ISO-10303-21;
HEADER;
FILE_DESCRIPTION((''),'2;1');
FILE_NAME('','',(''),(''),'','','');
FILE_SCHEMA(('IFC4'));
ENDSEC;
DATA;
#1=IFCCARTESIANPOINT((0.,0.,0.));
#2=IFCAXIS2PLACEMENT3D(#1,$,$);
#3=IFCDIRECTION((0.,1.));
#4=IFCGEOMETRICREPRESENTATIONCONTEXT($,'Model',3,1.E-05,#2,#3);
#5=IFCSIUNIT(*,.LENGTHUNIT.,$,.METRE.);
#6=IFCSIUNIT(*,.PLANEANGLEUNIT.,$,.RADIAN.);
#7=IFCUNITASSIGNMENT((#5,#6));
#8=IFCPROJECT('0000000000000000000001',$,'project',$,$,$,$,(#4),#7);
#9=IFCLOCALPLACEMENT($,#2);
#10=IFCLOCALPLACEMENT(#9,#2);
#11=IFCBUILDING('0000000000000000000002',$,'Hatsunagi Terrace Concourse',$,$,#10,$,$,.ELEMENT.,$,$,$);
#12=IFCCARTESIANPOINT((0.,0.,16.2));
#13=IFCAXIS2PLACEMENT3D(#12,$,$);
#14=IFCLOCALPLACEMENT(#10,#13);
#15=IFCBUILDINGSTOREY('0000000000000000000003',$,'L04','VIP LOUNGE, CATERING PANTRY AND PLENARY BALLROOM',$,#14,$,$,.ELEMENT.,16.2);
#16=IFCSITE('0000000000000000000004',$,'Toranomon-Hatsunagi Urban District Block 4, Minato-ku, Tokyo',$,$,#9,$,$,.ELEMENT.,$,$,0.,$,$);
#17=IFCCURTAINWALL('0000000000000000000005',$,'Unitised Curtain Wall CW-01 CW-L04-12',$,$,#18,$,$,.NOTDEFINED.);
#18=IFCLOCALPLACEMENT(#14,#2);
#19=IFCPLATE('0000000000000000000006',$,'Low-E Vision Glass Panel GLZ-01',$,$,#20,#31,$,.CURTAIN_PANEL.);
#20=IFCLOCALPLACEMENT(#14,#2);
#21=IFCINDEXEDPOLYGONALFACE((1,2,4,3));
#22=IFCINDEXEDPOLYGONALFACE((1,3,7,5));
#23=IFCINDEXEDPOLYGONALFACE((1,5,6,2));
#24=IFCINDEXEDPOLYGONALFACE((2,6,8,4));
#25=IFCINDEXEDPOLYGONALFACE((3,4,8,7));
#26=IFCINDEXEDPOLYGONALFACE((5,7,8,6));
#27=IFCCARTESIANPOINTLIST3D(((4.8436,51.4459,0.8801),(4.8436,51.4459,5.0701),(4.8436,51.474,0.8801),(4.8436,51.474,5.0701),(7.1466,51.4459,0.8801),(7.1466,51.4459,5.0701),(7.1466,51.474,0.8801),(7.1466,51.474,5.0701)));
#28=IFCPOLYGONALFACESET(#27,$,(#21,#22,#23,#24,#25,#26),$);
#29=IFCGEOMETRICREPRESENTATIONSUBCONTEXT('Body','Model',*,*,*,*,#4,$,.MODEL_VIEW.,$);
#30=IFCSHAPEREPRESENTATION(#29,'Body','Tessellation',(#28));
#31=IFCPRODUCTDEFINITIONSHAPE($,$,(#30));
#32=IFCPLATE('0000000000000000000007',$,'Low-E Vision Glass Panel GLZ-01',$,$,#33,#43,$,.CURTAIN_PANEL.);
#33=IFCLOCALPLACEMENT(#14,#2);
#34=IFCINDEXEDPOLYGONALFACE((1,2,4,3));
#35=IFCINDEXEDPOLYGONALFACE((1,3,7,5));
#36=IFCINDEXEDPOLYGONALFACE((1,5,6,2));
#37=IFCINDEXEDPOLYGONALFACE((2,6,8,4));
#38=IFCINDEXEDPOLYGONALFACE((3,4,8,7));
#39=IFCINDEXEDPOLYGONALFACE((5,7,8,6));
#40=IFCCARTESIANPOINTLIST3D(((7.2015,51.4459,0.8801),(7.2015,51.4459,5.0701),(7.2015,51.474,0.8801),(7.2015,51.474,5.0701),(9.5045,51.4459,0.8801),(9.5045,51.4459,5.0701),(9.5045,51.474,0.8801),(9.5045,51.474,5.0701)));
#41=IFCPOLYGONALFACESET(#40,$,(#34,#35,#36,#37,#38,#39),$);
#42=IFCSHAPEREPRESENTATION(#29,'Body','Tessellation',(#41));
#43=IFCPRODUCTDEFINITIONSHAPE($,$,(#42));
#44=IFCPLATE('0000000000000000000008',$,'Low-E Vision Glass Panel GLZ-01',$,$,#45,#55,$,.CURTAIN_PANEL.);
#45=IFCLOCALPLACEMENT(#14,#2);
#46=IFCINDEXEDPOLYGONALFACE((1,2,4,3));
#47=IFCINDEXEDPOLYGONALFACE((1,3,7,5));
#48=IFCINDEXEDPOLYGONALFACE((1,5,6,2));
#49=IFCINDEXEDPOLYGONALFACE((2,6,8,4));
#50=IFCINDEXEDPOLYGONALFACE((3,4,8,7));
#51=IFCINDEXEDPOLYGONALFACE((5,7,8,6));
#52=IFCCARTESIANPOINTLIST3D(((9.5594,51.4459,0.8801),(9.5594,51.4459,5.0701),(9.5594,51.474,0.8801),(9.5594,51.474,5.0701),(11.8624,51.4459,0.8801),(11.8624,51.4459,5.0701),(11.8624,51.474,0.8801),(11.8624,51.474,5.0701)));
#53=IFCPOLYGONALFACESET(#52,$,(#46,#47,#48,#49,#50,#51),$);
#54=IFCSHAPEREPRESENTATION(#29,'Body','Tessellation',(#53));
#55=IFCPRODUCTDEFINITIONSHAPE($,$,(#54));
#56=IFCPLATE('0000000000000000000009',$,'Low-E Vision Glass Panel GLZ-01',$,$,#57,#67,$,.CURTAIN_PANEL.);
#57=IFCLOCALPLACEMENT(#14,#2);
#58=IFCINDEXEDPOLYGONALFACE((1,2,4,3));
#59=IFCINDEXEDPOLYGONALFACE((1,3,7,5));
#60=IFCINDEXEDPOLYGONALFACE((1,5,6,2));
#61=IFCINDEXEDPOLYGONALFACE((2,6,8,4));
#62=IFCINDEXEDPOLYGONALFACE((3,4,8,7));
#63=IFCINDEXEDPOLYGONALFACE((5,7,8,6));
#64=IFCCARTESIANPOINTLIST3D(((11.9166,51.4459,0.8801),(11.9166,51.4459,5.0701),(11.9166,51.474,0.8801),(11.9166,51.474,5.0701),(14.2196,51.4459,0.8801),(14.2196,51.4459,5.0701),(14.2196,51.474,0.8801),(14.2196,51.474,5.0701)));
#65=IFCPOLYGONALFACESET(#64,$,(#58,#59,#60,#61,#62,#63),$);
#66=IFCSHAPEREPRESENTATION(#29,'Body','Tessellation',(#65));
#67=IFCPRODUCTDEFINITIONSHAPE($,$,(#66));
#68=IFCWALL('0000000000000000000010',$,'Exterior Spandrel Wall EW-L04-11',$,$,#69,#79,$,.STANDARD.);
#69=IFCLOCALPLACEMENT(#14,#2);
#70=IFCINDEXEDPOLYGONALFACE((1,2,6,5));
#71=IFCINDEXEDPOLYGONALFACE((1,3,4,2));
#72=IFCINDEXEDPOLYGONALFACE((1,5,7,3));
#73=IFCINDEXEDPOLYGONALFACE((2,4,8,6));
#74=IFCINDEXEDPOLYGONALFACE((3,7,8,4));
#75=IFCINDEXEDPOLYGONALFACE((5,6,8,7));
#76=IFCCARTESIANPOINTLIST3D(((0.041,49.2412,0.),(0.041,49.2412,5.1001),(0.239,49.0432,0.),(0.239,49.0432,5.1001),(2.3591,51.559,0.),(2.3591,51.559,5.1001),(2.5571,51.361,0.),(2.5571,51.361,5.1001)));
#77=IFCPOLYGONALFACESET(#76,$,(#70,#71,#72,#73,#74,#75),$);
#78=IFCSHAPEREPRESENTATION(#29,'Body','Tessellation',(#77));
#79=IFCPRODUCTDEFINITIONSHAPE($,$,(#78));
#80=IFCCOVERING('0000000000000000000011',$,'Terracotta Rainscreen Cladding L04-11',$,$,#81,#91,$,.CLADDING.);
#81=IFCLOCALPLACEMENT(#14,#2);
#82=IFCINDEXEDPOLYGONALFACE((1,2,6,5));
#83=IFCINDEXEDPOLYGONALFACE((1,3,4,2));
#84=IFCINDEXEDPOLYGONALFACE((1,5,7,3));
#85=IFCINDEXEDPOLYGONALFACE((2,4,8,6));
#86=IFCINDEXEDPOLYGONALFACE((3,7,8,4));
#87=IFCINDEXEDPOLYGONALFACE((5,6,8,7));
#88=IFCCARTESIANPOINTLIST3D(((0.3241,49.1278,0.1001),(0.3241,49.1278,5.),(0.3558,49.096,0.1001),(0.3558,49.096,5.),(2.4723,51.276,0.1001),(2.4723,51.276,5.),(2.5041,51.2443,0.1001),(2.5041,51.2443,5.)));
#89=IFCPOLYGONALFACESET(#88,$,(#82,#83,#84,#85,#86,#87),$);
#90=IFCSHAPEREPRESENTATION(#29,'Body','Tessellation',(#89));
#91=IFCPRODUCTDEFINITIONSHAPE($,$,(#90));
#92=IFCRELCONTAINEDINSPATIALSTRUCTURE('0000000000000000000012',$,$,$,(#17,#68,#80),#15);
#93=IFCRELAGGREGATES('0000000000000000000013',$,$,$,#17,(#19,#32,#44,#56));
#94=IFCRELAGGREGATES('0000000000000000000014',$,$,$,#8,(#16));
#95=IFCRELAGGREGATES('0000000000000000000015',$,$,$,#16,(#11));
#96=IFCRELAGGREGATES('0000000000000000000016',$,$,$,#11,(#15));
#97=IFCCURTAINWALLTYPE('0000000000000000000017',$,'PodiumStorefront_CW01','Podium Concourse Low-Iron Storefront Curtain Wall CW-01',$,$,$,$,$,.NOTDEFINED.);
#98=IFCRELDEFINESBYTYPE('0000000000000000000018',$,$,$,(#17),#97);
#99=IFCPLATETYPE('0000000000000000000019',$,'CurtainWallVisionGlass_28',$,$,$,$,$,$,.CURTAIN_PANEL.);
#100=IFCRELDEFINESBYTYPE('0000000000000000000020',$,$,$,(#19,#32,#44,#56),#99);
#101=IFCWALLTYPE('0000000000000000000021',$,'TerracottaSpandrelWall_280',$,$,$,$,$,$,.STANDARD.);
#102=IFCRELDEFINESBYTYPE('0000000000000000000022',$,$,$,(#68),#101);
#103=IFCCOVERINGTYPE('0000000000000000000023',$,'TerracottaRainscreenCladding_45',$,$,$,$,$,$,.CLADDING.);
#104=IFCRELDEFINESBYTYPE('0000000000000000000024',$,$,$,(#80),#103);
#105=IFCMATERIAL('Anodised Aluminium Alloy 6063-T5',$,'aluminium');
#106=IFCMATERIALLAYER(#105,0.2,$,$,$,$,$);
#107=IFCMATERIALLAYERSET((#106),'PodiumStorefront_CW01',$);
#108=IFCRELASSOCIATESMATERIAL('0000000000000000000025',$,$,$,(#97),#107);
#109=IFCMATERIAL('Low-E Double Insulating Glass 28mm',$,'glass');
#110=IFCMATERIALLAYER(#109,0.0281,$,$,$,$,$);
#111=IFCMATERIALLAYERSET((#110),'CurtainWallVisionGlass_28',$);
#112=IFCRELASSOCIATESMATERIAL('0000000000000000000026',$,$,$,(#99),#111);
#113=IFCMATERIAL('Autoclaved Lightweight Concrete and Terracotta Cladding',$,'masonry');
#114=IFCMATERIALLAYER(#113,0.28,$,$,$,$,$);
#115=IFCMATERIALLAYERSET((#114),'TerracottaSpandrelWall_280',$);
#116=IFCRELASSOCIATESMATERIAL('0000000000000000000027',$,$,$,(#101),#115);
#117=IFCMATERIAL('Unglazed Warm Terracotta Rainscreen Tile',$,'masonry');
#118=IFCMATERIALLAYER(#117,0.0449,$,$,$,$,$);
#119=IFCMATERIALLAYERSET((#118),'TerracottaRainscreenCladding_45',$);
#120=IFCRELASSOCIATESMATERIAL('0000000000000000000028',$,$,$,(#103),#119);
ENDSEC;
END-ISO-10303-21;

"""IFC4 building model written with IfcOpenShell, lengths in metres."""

from ifc_helpers import new_model, si_unit, direction, frame, frame_2d, origin, origin_2d, place, context, subcontext, project, spatial, rectangle, extrude, material, layer, layer_set, type_object, element, aggregate, save


model = new_model("IFC4")

# Units and contexts
model_context = context("Model", 3, precision=1e-05, world=origin(), true_north=direction((0.0, 1.0)))
body_context = subcontext(model_context, "Body", "Model", "MODEL_VIEW")
ifc_project = project(units=[si_unit("LENGTHUNIT", "METRE"), si_unit("PLANEANGLEUNIT", "RADIAN")], contexts=[model_context])

# Site, building, storey
site_placement = place(None, origin())
site = spatial("IfcSite", under=ifc_project, at=site_placement, Name="Toranomon-Hatsunagi Urban District Block 4, Minato-ku, Tokyo", CompositionType="ELEMENT", RefElevation=0.0)
building_placement = place(site_placement, origin())
building = spatial("IfcBuilding", under=site, at=building_placement, Name="Hatsunagi Terrace Concourse", CompositionType="ELEMENT")
storey_placement = place(building_placement, frame((0.0, 0.0, 16.2)))
storey = spatial("IfcBuildingStorey", under=building, at=storey_placement, Name="L04", Description="VIP LOUNGE, CATERING PANTRY AND PLENARY BALLROOM", CompositionType="ELEMENT", Elevation=16.2)

# Shared definitions
ifc_material_1 = material(Name="Anodised Aluminium Alloy 6063-T5", Category="aluminium")
ifc_layer_1 = layer(ifc_material_1, 0.2)
ifc_layer_set_1 = layer_set([ifc_layer_1], Name="PodiumStorefront_CW01")
curtain_wall_type = type_object("IfcCurtainWallType", Name="PodiumStorefront_CW01", Description="Podium Concourse Low-Iron Storefront Curtain Wall CW-01", PredefinedType="NOTDEFINED", material=ifc_layer_set_1)

# Curtain wall
curtain_wall_1_placement = place(storey_placement, origin())
curtain_wall_1 = element("IfcCurtainWall", 1, at=curtain_wall_1_placement, inside=storey, type_object=curtain_wall_type, Name="Unitised Curtain Wall CW-01 CW-L04-12", PredefinedType="NOTDEFINED")

# Plates
ifc_material_2 = material(Name="Low-E Double Insulating Glass 28mm", Category="glass")
ifc_layer_2 = layer(ifc_material_2, 0.0281)
ifc_layer_set_2 = layer_set([ifc_layer_2], Name="CurtainWallVisionGlass_28")
plate_type_1 = type_object("IfcPlateType", Name="CurtainWallVisionGlass_28", PredefinedType="CURTAIN_PANEL", material=ifc_layer_set_2)
plate_1_placement = place(storey_placement, frame((5.9951, 51.46, 0.8801), z_axis=(0.0, 0.0, 1.0), x_axis=(1.0, 0.0, 0.0)))
plate_1 = element("IfcPlate", 2, at=plate_1_placement, type_object=plate_type_1, Name="Low-E Vision Glass Panel GLZ-01", PredefinedType="CURTAIN_PANEL", context=body_context, shape_type="SweptSolid", body=[
    extrude(rectangle(XDim=2.303, YDim=0.0281, at=origin_2d()), origin(), (0.0, 0.0, 1.0), 4.1899),
])
plate_2_placement = place(storey_placement, frame((8.353, 51.46, 0.8801), z_axis=(0.0, 0.0, 1.0), x_axis=(1.0, 0.0, 0.0)))
plate_2 = element("IfcPlate", 3, at=plate_2_placement, type_object=plate_type_1, Name="Low-E Vision Glass Panel GLZ-01", PredefinedType="CURTAIN_PANEL", context=body_context, shape_type="SweptSolid", body=[
    extrude(rectangle(XDim=2.303, YDim=0.0281, at=origin_2d()), origin(), (0.0, 0.0, 1.0), 4.1899),
])
plate_3_placement = place(storey_placement, frame((10.7109, 51.46, 0.8801), z_axis=(0.0, 0.0, 1.0), x_axis=(1.0, 0.0, 0.0)))
plate_3 = element("IfcPlate", 4, at=plate_3_placement, type_object=plate_type_1, Name="Low-E Vision Glass Panel GLZ-01", PredefinedType="CURTAIN_PANEL", context=body_context, shape_type="SweptSolid", body=[
    extrude(rectangle(XDim=2.303, YDim=0.0281, at=origin_2d()), origin(), (0.0, 0.0, 1.0), 4.1899),
])
plate_4_placement = place(storey_placement, frame((13.0681, 51.46, 0.8801), z_axis=(0.0, 0.0, 1.0), x_axis=(1.0, 0.0, 0.0)))
plate_4 = element("IfcPlate", 5, at=plate_4_placement, type_object=plate_type_1, Name="Low-E Vision Glass Panel GLZ-01", PredefinedType="CURTAIN_PANEL", context=body_context, shape_type="SweptSolid", body=[
    extrude(rectangle(XDim=2.303, YDim=0.0281, at=origin_2d()), origin(), (0.0, 0.0, 1.0), 4.1899),
])
aggregate(curtain_wall_1, [plate_1, plate_2, plate_3, plate_4])

# Wall
ifc_material_3 = material(Name="Autoclaved Lightweight Concrete and Terracotta Cladding", Category="masonry")
ifc_layer_3 = layer(ifc_material_3, 0.28)
ifc_layer_set_3 = layer_set([ifc_layer_3], Name="TerracottaSpandrelWall_280")
wall_type = type_object("IfcWallType", Name="TerracottaSpandrelWall_280", PredefinedType="STANDARD", material=ifc_layer_set_3)
wall_placement = place(storey_placement, frame((0.1399, 49.1421, 0.0), z_axis=(0.0, 0.0, 1.0), x_axis=(0.707144, 0.70707, 0.0)))
element("IfcWall", 6, at=wall_placement, inside=storey, type_object=wall_type, Name="Exterior Spandrel Wall EW-L04-11", PredefinedType="STANDARD", context=body_context, shape_type="SweptSolid", body=[
    extrude(rectangle(XDim=3.2781, YDim=0.28, at=frame_2d((1.6392, 0.0))), origin(), (0.0, 0.0, 1.0), 5.1001),
])

# Covering
ifc_material_4 = material(Name="Unglazed Warm Terracotta Rainscreen Tile", Category="masonry")
ifc_layer_4 = layer(ifc_material_4, 0.0449)
ifc_layer_set_4 = layer_set([ifc_layer_4], Name="TerracottaRainscreenCladding_45")
covering_type = type_object("IfcCoveringType", Name="TerracottaRainscreenCladding_45", PredefinedType="CLADDING", material=ifc_layer_set_4)
covering_placement = place(storey_placement, frame((1.4141, 50.186, 0.1001), z_axis=(0.0, 0.0, 1.0), x_axis=(0.707107, 0.707107, 0.0)))
element("IfcCovering", 7, at=covering_placement, inside=storey, type_object=covering_type, Name="Terracotta Rainscreen Cladding L04-11", PredefinedType="CLADDING", context=body_context, shape_type="SweptSolid", body=[
    extrude(rectangle(XDim=3.0381, YDim=0.0449, at=origin_2d()), origin(), (0.0, 0.0, 1.0), 4.8999),
])

save(model, "model.ifc")
